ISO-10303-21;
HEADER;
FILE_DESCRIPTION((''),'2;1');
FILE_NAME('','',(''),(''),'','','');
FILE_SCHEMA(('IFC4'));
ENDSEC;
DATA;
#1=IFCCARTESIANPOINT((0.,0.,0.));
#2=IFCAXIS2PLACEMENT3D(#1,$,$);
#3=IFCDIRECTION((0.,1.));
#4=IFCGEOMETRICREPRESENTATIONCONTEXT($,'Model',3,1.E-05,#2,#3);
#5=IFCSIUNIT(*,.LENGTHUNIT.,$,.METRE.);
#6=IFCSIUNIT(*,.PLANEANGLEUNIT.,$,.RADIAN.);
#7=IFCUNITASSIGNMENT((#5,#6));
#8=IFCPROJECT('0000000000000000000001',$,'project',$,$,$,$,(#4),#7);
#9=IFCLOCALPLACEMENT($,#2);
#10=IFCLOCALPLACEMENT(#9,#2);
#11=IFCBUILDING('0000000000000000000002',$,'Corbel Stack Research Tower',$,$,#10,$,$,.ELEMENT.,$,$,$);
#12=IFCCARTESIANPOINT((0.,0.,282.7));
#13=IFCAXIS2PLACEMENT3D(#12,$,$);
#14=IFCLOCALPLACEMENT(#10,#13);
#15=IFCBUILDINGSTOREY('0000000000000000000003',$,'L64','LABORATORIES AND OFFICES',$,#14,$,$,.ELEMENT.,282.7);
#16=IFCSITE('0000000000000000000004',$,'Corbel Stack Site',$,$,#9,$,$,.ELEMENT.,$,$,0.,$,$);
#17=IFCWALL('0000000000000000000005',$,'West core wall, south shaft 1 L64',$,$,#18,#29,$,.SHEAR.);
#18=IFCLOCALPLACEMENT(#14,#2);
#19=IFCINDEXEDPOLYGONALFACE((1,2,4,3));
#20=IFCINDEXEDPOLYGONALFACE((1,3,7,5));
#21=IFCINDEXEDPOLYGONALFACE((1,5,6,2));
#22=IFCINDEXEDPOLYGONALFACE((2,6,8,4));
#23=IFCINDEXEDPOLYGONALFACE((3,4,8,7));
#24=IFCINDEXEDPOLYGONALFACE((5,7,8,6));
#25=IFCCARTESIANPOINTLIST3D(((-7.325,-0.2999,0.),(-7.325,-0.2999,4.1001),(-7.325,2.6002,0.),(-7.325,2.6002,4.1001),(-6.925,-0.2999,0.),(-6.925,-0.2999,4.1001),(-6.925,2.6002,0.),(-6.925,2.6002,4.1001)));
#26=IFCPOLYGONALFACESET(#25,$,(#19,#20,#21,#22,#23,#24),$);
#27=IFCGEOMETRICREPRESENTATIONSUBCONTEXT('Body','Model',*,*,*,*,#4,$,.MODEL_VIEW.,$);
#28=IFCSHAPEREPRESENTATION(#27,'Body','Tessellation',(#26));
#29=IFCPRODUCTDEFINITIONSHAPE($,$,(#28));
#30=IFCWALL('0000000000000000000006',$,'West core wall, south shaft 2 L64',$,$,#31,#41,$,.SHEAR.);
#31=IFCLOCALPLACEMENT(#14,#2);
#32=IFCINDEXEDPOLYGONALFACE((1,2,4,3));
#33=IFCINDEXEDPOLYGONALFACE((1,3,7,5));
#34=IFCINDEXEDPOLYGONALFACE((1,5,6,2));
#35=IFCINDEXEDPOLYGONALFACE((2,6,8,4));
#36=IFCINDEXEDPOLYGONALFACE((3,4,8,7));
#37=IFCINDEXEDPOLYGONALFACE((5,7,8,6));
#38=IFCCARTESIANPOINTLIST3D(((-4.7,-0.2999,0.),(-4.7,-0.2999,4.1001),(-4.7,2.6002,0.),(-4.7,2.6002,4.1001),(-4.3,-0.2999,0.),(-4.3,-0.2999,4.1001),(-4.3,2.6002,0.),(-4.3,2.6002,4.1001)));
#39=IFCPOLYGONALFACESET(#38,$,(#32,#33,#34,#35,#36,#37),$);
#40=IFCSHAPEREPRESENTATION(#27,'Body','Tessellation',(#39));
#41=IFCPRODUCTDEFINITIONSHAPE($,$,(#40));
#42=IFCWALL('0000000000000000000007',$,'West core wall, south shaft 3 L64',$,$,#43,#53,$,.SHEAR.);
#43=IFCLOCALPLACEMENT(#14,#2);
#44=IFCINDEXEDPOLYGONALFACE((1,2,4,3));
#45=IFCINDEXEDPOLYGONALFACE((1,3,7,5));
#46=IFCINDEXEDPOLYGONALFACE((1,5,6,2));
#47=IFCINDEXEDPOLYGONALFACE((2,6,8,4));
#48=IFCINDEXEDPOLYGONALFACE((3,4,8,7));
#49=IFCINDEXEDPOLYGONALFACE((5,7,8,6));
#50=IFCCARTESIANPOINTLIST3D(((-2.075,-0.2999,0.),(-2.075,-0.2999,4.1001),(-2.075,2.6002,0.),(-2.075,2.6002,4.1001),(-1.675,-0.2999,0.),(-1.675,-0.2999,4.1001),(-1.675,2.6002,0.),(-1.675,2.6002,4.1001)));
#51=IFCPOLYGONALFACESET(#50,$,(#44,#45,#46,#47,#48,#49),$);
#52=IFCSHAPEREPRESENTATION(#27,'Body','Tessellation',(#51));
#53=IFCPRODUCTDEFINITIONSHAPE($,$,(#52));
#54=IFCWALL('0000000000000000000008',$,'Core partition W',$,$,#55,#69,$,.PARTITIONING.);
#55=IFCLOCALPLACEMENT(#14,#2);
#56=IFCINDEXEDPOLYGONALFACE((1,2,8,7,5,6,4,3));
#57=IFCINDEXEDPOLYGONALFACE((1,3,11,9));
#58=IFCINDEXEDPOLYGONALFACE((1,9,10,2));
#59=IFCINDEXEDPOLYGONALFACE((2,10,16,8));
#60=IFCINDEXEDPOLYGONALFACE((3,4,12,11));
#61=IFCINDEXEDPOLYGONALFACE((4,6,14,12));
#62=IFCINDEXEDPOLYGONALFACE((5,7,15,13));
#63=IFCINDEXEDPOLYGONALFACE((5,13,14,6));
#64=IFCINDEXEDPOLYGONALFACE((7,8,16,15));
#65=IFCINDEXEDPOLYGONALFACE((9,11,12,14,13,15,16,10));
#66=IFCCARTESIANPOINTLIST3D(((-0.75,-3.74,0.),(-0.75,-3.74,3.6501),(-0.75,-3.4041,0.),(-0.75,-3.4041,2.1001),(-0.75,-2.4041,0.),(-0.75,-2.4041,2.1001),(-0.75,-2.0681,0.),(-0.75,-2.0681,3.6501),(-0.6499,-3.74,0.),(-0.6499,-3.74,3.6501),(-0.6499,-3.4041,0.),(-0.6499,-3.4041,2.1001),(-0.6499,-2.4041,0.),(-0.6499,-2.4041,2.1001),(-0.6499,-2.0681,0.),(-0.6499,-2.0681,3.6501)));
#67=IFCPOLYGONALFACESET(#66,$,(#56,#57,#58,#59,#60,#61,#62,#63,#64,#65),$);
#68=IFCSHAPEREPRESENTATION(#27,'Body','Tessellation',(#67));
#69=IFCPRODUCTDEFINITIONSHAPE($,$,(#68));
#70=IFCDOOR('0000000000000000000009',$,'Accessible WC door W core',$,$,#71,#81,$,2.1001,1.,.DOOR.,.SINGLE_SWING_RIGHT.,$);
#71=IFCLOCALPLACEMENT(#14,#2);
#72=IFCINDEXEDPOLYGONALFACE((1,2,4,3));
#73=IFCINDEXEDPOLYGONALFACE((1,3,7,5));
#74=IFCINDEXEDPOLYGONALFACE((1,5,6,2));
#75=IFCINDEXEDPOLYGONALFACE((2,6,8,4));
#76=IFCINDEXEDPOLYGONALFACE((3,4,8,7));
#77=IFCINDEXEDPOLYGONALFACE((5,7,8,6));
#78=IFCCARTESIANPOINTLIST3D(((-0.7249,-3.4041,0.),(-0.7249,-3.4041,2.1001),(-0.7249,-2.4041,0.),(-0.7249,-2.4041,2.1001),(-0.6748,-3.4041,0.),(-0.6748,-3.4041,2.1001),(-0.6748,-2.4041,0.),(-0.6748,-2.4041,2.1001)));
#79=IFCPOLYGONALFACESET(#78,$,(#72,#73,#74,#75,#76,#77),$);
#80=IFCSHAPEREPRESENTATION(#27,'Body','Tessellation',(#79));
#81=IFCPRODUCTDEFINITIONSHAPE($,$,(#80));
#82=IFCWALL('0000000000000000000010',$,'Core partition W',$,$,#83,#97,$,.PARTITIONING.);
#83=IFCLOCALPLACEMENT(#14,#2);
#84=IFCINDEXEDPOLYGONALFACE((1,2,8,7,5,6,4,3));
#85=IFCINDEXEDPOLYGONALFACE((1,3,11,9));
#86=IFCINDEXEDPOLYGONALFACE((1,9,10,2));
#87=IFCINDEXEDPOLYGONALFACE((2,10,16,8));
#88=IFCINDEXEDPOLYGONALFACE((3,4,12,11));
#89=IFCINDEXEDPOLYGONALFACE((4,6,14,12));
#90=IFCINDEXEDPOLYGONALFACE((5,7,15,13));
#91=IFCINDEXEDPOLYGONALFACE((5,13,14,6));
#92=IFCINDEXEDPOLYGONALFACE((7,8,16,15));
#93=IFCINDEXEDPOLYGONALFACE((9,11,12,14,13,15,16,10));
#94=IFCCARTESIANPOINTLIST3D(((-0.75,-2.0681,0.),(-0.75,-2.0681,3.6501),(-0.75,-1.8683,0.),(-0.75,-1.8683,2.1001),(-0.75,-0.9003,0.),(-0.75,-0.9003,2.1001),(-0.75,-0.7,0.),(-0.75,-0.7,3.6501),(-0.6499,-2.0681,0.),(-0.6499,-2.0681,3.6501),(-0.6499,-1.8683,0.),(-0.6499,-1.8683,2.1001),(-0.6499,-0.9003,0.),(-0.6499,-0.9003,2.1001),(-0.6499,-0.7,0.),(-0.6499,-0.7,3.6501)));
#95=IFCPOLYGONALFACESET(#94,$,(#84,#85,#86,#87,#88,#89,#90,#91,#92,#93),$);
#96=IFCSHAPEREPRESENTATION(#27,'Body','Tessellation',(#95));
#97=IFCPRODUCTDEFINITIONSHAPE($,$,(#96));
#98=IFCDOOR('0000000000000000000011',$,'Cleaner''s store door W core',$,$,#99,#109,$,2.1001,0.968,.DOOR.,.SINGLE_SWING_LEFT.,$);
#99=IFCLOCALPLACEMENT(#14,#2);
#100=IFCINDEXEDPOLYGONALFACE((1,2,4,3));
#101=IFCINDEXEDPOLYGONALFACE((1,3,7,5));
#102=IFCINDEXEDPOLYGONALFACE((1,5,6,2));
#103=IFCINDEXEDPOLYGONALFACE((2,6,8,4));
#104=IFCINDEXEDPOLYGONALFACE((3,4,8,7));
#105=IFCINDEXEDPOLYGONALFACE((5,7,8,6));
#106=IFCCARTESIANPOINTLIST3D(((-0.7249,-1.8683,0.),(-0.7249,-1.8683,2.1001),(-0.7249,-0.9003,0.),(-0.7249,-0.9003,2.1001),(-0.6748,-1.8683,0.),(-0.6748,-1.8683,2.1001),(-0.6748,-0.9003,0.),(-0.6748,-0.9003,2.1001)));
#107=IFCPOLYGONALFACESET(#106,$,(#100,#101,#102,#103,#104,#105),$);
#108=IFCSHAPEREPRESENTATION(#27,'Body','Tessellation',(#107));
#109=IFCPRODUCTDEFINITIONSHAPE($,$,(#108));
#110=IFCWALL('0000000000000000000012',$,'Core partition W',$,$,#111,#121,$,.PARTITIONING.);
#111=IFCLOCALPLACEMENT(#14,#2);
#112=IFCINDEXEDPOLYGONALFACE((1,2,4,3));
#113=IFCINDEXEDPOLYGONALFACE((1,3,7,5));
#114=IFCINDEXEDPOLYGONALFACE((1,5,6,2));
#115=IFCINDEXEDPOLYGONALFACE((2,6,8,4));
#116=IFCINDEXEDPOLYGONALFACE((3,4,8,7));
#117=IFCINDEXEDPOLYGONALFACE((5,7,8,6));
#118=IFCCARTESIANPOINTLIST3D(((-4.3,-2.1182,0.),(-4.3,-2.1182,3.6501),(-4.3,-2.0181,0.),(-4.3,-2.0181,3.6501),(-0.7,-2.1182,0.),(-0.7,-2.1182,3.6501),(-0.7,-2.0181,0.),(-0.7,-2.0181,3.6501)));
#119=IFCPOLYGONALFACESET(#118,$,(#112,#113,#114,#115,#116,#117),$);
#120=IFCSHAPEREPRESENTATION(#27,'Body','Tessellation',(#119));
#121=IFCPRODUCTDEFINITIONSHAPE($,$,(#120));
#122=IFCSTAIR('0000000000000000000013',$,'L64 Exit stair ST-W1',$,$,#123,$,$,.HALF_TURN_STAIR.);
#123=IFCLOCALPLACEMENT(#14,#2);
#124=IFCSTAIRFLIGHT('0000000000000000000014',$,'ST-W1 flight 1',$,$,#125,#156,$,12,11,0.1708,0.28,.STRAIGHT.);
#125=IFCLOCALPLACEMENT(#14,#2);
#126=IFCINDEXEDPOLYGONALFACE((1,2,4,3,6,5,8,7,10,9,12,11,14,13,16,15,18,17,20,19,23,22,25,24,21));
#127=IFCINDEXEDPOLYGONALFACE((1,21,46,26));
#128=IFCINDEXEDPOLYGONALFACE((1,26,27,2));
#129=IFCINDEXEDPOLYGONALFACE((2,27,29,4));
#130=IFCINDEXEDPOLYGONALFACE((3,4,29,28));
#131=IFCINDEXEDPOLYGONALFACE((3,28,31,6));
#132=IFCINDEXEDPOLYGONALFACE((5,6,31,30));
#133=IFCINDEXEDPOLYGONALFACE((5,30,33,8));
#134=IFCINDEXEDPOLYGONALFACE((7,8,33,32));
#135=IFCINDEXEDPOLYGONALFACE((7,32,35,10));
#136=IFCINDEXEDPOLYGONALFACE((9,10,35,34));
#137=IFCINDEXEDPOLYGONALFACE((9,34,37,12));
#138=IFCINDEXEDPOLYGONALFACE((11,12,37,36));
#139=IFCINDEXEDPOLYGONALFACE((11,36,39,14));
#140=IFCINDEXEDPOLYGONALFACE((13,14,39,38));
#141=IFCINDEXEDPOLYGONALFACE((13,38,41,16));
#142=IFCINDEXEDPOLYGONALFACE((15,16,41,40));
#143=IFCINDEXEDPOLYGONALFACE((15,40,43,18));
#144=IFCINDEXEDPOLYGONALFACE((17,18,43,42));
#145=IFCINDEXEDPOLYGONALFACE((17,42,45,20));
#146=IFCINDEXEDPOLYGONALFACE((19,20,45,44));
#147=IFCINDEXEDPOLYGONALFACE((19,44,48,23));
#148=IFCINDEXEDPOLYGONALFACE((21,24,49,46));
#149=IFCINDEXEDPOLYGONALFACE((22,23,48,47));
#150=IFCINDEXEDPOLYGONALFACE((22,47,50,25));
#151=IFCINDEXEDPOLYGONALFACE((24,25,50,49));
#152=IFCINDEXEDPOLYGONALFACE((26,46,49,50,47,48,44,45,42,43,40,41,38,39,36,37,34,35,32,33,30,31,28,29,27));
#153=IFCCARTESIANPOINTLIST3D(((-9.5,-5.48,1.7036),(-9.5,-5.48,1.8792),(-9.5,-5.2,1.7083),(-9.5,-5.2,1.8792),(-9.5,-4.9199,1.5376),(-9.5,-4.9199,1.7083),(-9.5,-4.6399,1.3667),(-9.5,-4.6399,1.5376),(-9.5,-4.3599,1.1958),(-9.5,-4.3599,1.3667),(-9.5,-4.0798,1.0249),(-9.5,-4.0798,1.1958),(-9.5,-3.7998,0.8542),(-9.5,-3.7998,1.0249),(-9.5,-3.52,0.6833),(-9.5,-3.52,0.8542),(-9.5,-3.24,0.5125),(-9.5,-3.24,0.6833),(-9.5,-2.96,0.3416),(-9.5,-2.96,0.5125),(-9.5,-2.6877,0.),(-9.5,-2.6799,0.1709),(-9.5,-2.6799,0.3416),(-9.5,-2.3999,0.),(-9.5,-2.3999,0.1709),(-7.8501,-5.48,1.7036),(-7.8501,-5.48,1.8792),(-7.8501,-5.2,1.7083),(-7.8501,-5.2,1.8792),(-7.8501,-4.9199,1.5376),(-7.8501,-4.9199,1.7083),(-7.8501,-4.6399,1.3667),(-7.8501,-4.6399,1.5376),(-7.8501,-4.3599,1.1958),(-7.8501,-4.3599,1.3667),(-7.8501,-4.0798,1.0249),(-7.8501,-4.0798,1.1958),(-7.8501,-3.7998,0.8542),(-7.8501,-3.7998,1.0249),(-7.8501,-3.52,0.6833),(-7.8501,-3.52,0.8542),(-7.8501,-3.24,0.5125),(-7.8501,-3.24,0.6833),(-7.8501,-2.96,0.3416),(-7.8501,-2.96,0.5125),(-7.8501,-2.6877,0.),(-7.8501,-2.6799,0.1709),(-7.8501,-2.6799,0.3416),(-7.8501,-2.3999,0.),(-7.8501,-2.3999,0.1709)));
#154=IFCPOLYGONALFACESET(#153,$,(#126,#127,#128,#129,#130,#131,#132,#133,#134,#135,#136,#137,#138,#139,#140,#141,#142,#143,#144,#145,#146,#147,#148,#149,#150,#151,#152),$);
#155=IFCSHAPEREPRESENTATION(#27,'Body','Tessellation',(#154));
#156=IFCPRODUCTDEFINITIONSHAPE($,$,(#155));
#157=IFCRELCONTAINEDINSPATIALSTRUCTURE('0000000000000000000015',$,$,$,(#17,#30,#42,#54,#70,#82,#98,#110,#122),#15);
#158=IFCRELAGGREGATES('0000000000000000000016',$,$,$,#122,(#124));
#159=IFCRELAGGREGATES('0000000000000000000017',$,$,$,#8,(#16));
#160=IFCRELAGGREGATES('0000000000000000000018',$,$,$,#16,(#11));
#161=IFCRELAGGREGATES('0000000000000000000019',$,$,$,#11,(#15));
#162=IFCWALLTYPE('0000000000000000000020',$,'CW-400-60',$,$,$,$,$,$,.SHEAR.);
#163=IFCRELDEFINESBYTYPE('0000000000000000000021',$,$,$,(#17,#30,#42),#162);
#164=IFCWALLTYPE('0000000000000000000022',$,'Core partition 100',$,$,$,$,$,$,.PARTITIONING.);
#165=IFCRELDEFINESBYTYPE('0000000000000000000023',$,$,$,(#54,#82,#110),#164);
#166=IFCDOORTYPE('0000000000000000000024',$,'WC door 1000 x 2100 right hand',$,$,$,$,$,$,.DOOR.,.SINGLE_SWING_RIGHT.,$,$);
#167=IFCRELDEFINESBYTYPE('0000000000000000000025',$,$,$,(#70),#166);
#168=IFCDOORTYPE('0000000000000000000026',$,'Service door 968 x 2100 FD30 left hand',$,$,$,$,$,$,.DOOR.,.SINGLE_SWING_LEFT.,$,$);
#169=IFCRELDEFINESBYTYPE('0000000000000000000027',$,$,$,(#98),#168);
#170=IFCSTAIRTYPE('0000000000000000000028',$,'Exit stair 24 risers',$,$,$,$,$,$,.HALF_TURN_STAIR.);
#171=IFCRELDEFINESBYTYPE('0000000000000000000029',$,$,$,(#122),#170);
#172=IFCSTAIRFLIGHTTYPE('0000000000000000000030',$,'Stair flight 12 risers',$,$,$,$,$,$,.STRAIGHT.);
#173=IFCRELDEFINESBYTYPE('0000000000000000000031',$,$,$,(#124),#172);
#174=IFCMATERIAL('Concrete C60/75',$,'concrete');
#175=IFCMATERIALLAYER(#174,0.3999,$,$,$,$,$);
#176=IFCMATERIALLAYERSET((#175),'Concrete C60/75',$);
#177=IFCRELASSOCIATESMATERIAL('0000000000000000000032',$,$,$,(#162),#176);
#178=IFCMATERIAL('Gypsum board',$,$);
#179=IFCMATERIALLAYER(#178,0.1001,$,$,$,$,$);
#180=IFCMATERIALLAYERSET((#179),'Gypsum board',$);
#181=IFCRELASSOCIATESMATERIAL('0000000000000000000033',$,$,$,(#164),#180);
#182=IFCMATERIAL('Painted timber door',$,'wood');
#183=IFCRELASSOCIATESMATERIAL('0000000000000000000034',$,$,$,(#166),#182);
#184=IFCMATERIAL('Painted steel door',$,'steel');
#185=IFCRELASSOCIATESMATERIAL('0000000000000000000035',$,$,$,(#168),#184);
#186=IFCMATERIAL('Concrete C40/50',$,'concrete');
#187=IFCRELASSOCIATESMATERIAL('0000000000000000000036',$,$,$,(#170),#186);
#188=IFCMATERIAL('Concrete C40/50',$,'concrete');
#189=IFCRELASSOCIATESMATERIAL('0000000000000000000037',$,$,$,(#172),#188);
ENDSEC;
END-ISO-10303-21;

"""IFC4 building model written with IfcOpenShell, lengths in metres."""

from ifc_helpers import new_model, si_unit, direction, frame, frame_2d, origin, place, context, subcontext, project, spatial, polyline, rectangle, outline, extrude, material, layer, layer_set, type_object, element, fill, aggregate, save


model = new_model("IFC4")

# Units and contexts
model_context = context("Model", 3, precision=1e-05, world=origin(), true_north=direction((0.0, 1.0)))
body_context = subcontext(model_context, "Body", "Model", "MODEL_VIEW")
ifc_project = project(units=[si_unit("LENGTHUNIT", "METRE"), si_unit("PLANEANGLEUNIT", "RADIAN")], contexts=[model_context])

# Site, building, storey
site_placement = place(None, origin())
site = spatial("IfcSite", under=ifc_project, at=site_placement, Name="Corbel Stack Site", CompositionType="ELEMENT", RefElevation=0.0)
building_placement = place(site_placement, origin())
building = spatial("IfcBuilding", under=site, at=building_placement, Name="Corbel Stack Research Tower", CompositionType="ELEMENT")
storey_placement = place(building_placement, frame((0.0, 0.0, 282.7)))
storey = spatial("IfcBuildingStorey", under=building, at=storey_placement, Name="L64", Description="LABORATORIES AND OFFICES", CompositionType="ELEMENT", Elevation=282.7)

# Walls
ifc_material_1 = material(Name="Concrete C60/75", Category="concrete")
ifc_layer_1 = layer(ifc_material_1, 0.3999)
ifc_layer_set_1 = layer_set([ifc_layer_1], Name="Concrete C60/75")
wall_type_1 = type_object("IfcWallType", Name="CW-400-60", PredefinedType="SHEAR", material=ifc_layer_set_1)
for number, where, z_axis, x_axis, name in (
    (1, (-7.125, -0.3, 0.0), (0.0, 0.0, 1.0), (0.0, 1.0, 0.0), "West core wall, south shaft 1 L64"),
    (2, (-4.5, -0.3, 0.0), (0.0, 0.0, 1.0), (0.0, 1.0, 0.0), "West core wall, south shaft 2 L64"),
    (3, (-1.875, -0.3, 0.0), (0.0, 0.0, 1.0), (0.0, 1.0, 0.0), "West core wall, south shaft 3 L64"),
):
    element("IfcWall", number, at=place(storey_placement, frame(where, z_axis=z_axis, x_axis=x_axis)), inside=storey, type_object=wall_type_1, Name=name, PredefinedType="SHEAR", context=body_context, shape_type="SweptSolid", body=[
        extrude(rectangle(XDim=2.9001, YDim=0.3999, at=frame_2d((1.4502, 0.0))), origin(), (0.0, 0.0, 1.0), 4.1001),
    ])

# Walls, openings, doors
ifc_material_2 = material(Name="Gypsum board")
ifc_layer_2 = layer(ifc_material_2, 0.1001)
ifc_layer_set_2 = layer_set([ifc_layer_2], Name="Gypsum board")
wall_type_2 = type_object("IfcWallType", Name="Core partition 100", PredefinedType="PARTITIONING", material=ifc_layer_set_2)
wall_1_placement = place(storey_placement, frame((-0.7, -3.74, 0.0), z_axis=(0.0, 0.0, 1.0), x_axis=(0.0, 1.0, 0.0)))
wall_1 = element("IfcWall", 4, at=wall_1_placement, inside=storey, type_object=wall_type_2, Name="Core partition W", PredefinedType="PARTITIONING", context=body_context, shape_type="SweptSolid", body=[
    extrude(rectangle(XDim=1.6719, YDim=0.1001, at=frame_2d((0.8359, 0.0))), origin(), (0.0, 0.0, 1.0), 3.6501),
])
opening_1_placement = place(wall_1_placement, frame((0.3359, 0.0, 0.0)))
opening_1 = element("IfcOpeningElement", 5, at=opening_1_placement, cuts=wall_1, PredefinedType="OPENING", context=body_context, shape_type="SweptSolid", body=[
    extrude(rectangle(XDim=1.0, YDim=2.1001, at=frame_2d((0.5, 1.05))), frame((0.0, 0.0601, 0.0), z_axis=(0.0, -1.0, 0.0), x_axis=(1.0, 0.0, 0.0)), (0.0, 0.0, 1.0), 0.1201),
])
ifc_material_3 = material(Name="Painted timber door", Category="wood")
door_type_1 = type_object("IfcDoorType", Name="WC door 1000 x 2100 right hand", OperationType="SINGLE_SWING_RIGHT", PredefinedType="DOOR", material=ifc_material_3)
door_1_placement = place(opening_1_placement, origin())
door_1 = element("IfcDoor", 6, at=door_1_placement, inside=storey, type_object=door_type_1, Name="Accessible WC door W core", OperationType="SINGLE_SWING_RIGHT", OverallHeight=2.1001, OverallWidth=1.0, PredefinedType="DOOR", context=body_context, shape_type="SweptSolid", body=[
    extrude(rectangle(XDim=1.0, YDim=2.1001, at=frame_2d((0.5, 1.05))), frame((0.0, 0.0249, 0.0), z_axis=(0.0, -1.0, 0.0), x_axis=(1.0, 0.0, 0.0)), (0.0, 0.0, 1.0), 0.05),
])
fill(opening_1, door_1)
wall_2_placement = place(storey_placement, frame((-0.7, -2.0681, 0.0), z_axis=(0.0, 0.0, 1.0), x_axis=(0.0, 1.0, 0.0)))
wall_2 = element("IfcWall", 7, at=wall_2_placement, inside=storey, type_object=wall_type_2, Name="Core partition W", PredefinedType="PARTITIONING", context=body_context, shape_type="SweptSolid", body=[
    extrude(rectangle(XDim=1.3682, YDim=0.1001, at=frame_2d((0.6841, 0.0))), origin(), (0.0, 0.0, 1.0), 3.6501),
])
opening_2_placement = place(wall_2_placement, frame((0.2, 0.0, 0.0)))
opening_2 = element("IfcOpeningElement", 8, at=opening_2_placement, cuts=wall_2, PredefinedType="OPENING", context=body_context, shape_type="SweptSolid", body=[
    extrude(rectangle(XDim=0.968, YDim=2.1001, at=frame_2d((0.4839, 1.05))), frame((0.0, 0.0601, 0.0), z_axis=(0.0, -1.0, 0.0), x_axis=(1.0, 0.0, 0.0)), (0.0, 0.0, 1.0), 0.1201),
])
ifc_material_4 = material(Name="Painted steel door", Category="steel")
door_type_2 = type_object("IfcDoorType", Name="Service door 968 x 2100 FD30 left hand", OperationType="SINGLE_SWING_LEFT", PredefinedType="DOOR", material=ifc_material_4)
door_2_placement = place(opening_2_placement, origin())
door_2 = element("IfcDoor", 9, at=door_2_placement, inside=storey, type_object=door_type_2, Name="Cleaner's store door W core", OperationType="SINGLE_SWING_LEFT", OverallHeight=2.1001, OverallWidth=0.968, PredefinedType="DOOR", context=body_context, shape_type="SweptSolid", body=[
    extrude(rectangle(XDim=0.968, YDim=2.1001, at=frame_2d((0.4839, 1.05))), frame((0.0, 0.0249, 0.0), z_axis=(0.0, -1.0, 0.0), x_axis=(1.0, 0.0, 0.0)), (0.0, 0.0, 1.0), 0.05),
])
fill(opening_2, door_2)

# Wall
wall_3_placement = place(storey_placement, frame((-4.3, -2.0681, 0.0), z_axis=(0.0, 0.0, 1.0), x_axis=(1.0, 0.0, 0.0)))
element("IfcWall", 10, at=wall_3_placement, inside=storey, type_object=wall_type_2, Name="Core partition W", PredefinedType="PARTITIONING", context=body_context, shape_type="SweptSolid", body=[
    extrude(rectangle(XDim=3.6001, YDim=0.1001, at=frame_2d((1.8, 0.0))), origin(), (0.0, 0.0, 1.0), 3.6501),
])

# Stair, stair flight
ifc_material_5 = material(Name="Concrete C40/50", Category="concrete")
stair_type = type_object("IfcStairType", Name="Exit stair 24 risers", PredefinedType="HALF_TURN_STAIR", material=ifc_material_5)
stair_placement = place(storey_placement, origin())
stair = element("IfcStair", 11, at=stair_placement, inside=storey, type_object=stair_type, Name="L64 Exit stair ST-W1", PredefinedType="HALF_TURN_STAIR")
ifc_material_6 = material(Name="Concrete C40/50", Category="concrete")
stair_flight_type = type_object("IfcStairFlightType", Name="Stair flight 12 risers", PredefinedType="STRAIGHT", material=ifc_material_6)
stair_flight_placement = place(storey_placement, frame((-8.675, -2.3999, 0.0), z_axis=(0.0, 0.0, 1.0), x_axis=(0.0, -1.0, 0.0)))
stair_flight = element("IfcStairFlight", 12, at=stair_flight_placement, type_object=stair_flight_type, Name="ST-W1 flight 1", NumberOfRisers=12, NumberOfTreads=11, PredefinedType="STRAIGHT", RiserHeight=0.1708, TreadLength=0.28, context=body_context, shape_type="SweptSolid", body=[
    extrude(outline(polyline([(0.0, 0.0), (0.0, 0.1709), (0.28, 0.1709), (0.28, 0.3416), (0.5601, 0.3416), (0.5601, 0.5125), (0.8401, 0.5125), (0.8401, 0.6833), (1.1201, 0.6833), (1.1201, 0.8542), (1.3999, 0.8542), (1.3999, 1.0249), (1.6799, 1.0249), (1.6799, 1.1958), (1.96, 1.1958), (1.96, 1.3667), (2.24, 1.3667), (2.24, 1.5376), (2.52, 1.5376), (2.52, 1.7083), (2.8, 1.7083), (2.8, 1.8792), (3.0801, 1.8792), (3.0801, 2.05), (3.0801, 1.7036), (0.2878, 0.0), (0.0, 0.0)])), frame((0.0, 0.825, 0.0), z_axis=(0.0, -1.0, 0.0), x_axis=(1.0, 0.0, 0.0)), (0.0, 0.0, 1.0), 1.6499),
])
aggregate(stair, [stair_flight])

save(model, "model.ifc")
